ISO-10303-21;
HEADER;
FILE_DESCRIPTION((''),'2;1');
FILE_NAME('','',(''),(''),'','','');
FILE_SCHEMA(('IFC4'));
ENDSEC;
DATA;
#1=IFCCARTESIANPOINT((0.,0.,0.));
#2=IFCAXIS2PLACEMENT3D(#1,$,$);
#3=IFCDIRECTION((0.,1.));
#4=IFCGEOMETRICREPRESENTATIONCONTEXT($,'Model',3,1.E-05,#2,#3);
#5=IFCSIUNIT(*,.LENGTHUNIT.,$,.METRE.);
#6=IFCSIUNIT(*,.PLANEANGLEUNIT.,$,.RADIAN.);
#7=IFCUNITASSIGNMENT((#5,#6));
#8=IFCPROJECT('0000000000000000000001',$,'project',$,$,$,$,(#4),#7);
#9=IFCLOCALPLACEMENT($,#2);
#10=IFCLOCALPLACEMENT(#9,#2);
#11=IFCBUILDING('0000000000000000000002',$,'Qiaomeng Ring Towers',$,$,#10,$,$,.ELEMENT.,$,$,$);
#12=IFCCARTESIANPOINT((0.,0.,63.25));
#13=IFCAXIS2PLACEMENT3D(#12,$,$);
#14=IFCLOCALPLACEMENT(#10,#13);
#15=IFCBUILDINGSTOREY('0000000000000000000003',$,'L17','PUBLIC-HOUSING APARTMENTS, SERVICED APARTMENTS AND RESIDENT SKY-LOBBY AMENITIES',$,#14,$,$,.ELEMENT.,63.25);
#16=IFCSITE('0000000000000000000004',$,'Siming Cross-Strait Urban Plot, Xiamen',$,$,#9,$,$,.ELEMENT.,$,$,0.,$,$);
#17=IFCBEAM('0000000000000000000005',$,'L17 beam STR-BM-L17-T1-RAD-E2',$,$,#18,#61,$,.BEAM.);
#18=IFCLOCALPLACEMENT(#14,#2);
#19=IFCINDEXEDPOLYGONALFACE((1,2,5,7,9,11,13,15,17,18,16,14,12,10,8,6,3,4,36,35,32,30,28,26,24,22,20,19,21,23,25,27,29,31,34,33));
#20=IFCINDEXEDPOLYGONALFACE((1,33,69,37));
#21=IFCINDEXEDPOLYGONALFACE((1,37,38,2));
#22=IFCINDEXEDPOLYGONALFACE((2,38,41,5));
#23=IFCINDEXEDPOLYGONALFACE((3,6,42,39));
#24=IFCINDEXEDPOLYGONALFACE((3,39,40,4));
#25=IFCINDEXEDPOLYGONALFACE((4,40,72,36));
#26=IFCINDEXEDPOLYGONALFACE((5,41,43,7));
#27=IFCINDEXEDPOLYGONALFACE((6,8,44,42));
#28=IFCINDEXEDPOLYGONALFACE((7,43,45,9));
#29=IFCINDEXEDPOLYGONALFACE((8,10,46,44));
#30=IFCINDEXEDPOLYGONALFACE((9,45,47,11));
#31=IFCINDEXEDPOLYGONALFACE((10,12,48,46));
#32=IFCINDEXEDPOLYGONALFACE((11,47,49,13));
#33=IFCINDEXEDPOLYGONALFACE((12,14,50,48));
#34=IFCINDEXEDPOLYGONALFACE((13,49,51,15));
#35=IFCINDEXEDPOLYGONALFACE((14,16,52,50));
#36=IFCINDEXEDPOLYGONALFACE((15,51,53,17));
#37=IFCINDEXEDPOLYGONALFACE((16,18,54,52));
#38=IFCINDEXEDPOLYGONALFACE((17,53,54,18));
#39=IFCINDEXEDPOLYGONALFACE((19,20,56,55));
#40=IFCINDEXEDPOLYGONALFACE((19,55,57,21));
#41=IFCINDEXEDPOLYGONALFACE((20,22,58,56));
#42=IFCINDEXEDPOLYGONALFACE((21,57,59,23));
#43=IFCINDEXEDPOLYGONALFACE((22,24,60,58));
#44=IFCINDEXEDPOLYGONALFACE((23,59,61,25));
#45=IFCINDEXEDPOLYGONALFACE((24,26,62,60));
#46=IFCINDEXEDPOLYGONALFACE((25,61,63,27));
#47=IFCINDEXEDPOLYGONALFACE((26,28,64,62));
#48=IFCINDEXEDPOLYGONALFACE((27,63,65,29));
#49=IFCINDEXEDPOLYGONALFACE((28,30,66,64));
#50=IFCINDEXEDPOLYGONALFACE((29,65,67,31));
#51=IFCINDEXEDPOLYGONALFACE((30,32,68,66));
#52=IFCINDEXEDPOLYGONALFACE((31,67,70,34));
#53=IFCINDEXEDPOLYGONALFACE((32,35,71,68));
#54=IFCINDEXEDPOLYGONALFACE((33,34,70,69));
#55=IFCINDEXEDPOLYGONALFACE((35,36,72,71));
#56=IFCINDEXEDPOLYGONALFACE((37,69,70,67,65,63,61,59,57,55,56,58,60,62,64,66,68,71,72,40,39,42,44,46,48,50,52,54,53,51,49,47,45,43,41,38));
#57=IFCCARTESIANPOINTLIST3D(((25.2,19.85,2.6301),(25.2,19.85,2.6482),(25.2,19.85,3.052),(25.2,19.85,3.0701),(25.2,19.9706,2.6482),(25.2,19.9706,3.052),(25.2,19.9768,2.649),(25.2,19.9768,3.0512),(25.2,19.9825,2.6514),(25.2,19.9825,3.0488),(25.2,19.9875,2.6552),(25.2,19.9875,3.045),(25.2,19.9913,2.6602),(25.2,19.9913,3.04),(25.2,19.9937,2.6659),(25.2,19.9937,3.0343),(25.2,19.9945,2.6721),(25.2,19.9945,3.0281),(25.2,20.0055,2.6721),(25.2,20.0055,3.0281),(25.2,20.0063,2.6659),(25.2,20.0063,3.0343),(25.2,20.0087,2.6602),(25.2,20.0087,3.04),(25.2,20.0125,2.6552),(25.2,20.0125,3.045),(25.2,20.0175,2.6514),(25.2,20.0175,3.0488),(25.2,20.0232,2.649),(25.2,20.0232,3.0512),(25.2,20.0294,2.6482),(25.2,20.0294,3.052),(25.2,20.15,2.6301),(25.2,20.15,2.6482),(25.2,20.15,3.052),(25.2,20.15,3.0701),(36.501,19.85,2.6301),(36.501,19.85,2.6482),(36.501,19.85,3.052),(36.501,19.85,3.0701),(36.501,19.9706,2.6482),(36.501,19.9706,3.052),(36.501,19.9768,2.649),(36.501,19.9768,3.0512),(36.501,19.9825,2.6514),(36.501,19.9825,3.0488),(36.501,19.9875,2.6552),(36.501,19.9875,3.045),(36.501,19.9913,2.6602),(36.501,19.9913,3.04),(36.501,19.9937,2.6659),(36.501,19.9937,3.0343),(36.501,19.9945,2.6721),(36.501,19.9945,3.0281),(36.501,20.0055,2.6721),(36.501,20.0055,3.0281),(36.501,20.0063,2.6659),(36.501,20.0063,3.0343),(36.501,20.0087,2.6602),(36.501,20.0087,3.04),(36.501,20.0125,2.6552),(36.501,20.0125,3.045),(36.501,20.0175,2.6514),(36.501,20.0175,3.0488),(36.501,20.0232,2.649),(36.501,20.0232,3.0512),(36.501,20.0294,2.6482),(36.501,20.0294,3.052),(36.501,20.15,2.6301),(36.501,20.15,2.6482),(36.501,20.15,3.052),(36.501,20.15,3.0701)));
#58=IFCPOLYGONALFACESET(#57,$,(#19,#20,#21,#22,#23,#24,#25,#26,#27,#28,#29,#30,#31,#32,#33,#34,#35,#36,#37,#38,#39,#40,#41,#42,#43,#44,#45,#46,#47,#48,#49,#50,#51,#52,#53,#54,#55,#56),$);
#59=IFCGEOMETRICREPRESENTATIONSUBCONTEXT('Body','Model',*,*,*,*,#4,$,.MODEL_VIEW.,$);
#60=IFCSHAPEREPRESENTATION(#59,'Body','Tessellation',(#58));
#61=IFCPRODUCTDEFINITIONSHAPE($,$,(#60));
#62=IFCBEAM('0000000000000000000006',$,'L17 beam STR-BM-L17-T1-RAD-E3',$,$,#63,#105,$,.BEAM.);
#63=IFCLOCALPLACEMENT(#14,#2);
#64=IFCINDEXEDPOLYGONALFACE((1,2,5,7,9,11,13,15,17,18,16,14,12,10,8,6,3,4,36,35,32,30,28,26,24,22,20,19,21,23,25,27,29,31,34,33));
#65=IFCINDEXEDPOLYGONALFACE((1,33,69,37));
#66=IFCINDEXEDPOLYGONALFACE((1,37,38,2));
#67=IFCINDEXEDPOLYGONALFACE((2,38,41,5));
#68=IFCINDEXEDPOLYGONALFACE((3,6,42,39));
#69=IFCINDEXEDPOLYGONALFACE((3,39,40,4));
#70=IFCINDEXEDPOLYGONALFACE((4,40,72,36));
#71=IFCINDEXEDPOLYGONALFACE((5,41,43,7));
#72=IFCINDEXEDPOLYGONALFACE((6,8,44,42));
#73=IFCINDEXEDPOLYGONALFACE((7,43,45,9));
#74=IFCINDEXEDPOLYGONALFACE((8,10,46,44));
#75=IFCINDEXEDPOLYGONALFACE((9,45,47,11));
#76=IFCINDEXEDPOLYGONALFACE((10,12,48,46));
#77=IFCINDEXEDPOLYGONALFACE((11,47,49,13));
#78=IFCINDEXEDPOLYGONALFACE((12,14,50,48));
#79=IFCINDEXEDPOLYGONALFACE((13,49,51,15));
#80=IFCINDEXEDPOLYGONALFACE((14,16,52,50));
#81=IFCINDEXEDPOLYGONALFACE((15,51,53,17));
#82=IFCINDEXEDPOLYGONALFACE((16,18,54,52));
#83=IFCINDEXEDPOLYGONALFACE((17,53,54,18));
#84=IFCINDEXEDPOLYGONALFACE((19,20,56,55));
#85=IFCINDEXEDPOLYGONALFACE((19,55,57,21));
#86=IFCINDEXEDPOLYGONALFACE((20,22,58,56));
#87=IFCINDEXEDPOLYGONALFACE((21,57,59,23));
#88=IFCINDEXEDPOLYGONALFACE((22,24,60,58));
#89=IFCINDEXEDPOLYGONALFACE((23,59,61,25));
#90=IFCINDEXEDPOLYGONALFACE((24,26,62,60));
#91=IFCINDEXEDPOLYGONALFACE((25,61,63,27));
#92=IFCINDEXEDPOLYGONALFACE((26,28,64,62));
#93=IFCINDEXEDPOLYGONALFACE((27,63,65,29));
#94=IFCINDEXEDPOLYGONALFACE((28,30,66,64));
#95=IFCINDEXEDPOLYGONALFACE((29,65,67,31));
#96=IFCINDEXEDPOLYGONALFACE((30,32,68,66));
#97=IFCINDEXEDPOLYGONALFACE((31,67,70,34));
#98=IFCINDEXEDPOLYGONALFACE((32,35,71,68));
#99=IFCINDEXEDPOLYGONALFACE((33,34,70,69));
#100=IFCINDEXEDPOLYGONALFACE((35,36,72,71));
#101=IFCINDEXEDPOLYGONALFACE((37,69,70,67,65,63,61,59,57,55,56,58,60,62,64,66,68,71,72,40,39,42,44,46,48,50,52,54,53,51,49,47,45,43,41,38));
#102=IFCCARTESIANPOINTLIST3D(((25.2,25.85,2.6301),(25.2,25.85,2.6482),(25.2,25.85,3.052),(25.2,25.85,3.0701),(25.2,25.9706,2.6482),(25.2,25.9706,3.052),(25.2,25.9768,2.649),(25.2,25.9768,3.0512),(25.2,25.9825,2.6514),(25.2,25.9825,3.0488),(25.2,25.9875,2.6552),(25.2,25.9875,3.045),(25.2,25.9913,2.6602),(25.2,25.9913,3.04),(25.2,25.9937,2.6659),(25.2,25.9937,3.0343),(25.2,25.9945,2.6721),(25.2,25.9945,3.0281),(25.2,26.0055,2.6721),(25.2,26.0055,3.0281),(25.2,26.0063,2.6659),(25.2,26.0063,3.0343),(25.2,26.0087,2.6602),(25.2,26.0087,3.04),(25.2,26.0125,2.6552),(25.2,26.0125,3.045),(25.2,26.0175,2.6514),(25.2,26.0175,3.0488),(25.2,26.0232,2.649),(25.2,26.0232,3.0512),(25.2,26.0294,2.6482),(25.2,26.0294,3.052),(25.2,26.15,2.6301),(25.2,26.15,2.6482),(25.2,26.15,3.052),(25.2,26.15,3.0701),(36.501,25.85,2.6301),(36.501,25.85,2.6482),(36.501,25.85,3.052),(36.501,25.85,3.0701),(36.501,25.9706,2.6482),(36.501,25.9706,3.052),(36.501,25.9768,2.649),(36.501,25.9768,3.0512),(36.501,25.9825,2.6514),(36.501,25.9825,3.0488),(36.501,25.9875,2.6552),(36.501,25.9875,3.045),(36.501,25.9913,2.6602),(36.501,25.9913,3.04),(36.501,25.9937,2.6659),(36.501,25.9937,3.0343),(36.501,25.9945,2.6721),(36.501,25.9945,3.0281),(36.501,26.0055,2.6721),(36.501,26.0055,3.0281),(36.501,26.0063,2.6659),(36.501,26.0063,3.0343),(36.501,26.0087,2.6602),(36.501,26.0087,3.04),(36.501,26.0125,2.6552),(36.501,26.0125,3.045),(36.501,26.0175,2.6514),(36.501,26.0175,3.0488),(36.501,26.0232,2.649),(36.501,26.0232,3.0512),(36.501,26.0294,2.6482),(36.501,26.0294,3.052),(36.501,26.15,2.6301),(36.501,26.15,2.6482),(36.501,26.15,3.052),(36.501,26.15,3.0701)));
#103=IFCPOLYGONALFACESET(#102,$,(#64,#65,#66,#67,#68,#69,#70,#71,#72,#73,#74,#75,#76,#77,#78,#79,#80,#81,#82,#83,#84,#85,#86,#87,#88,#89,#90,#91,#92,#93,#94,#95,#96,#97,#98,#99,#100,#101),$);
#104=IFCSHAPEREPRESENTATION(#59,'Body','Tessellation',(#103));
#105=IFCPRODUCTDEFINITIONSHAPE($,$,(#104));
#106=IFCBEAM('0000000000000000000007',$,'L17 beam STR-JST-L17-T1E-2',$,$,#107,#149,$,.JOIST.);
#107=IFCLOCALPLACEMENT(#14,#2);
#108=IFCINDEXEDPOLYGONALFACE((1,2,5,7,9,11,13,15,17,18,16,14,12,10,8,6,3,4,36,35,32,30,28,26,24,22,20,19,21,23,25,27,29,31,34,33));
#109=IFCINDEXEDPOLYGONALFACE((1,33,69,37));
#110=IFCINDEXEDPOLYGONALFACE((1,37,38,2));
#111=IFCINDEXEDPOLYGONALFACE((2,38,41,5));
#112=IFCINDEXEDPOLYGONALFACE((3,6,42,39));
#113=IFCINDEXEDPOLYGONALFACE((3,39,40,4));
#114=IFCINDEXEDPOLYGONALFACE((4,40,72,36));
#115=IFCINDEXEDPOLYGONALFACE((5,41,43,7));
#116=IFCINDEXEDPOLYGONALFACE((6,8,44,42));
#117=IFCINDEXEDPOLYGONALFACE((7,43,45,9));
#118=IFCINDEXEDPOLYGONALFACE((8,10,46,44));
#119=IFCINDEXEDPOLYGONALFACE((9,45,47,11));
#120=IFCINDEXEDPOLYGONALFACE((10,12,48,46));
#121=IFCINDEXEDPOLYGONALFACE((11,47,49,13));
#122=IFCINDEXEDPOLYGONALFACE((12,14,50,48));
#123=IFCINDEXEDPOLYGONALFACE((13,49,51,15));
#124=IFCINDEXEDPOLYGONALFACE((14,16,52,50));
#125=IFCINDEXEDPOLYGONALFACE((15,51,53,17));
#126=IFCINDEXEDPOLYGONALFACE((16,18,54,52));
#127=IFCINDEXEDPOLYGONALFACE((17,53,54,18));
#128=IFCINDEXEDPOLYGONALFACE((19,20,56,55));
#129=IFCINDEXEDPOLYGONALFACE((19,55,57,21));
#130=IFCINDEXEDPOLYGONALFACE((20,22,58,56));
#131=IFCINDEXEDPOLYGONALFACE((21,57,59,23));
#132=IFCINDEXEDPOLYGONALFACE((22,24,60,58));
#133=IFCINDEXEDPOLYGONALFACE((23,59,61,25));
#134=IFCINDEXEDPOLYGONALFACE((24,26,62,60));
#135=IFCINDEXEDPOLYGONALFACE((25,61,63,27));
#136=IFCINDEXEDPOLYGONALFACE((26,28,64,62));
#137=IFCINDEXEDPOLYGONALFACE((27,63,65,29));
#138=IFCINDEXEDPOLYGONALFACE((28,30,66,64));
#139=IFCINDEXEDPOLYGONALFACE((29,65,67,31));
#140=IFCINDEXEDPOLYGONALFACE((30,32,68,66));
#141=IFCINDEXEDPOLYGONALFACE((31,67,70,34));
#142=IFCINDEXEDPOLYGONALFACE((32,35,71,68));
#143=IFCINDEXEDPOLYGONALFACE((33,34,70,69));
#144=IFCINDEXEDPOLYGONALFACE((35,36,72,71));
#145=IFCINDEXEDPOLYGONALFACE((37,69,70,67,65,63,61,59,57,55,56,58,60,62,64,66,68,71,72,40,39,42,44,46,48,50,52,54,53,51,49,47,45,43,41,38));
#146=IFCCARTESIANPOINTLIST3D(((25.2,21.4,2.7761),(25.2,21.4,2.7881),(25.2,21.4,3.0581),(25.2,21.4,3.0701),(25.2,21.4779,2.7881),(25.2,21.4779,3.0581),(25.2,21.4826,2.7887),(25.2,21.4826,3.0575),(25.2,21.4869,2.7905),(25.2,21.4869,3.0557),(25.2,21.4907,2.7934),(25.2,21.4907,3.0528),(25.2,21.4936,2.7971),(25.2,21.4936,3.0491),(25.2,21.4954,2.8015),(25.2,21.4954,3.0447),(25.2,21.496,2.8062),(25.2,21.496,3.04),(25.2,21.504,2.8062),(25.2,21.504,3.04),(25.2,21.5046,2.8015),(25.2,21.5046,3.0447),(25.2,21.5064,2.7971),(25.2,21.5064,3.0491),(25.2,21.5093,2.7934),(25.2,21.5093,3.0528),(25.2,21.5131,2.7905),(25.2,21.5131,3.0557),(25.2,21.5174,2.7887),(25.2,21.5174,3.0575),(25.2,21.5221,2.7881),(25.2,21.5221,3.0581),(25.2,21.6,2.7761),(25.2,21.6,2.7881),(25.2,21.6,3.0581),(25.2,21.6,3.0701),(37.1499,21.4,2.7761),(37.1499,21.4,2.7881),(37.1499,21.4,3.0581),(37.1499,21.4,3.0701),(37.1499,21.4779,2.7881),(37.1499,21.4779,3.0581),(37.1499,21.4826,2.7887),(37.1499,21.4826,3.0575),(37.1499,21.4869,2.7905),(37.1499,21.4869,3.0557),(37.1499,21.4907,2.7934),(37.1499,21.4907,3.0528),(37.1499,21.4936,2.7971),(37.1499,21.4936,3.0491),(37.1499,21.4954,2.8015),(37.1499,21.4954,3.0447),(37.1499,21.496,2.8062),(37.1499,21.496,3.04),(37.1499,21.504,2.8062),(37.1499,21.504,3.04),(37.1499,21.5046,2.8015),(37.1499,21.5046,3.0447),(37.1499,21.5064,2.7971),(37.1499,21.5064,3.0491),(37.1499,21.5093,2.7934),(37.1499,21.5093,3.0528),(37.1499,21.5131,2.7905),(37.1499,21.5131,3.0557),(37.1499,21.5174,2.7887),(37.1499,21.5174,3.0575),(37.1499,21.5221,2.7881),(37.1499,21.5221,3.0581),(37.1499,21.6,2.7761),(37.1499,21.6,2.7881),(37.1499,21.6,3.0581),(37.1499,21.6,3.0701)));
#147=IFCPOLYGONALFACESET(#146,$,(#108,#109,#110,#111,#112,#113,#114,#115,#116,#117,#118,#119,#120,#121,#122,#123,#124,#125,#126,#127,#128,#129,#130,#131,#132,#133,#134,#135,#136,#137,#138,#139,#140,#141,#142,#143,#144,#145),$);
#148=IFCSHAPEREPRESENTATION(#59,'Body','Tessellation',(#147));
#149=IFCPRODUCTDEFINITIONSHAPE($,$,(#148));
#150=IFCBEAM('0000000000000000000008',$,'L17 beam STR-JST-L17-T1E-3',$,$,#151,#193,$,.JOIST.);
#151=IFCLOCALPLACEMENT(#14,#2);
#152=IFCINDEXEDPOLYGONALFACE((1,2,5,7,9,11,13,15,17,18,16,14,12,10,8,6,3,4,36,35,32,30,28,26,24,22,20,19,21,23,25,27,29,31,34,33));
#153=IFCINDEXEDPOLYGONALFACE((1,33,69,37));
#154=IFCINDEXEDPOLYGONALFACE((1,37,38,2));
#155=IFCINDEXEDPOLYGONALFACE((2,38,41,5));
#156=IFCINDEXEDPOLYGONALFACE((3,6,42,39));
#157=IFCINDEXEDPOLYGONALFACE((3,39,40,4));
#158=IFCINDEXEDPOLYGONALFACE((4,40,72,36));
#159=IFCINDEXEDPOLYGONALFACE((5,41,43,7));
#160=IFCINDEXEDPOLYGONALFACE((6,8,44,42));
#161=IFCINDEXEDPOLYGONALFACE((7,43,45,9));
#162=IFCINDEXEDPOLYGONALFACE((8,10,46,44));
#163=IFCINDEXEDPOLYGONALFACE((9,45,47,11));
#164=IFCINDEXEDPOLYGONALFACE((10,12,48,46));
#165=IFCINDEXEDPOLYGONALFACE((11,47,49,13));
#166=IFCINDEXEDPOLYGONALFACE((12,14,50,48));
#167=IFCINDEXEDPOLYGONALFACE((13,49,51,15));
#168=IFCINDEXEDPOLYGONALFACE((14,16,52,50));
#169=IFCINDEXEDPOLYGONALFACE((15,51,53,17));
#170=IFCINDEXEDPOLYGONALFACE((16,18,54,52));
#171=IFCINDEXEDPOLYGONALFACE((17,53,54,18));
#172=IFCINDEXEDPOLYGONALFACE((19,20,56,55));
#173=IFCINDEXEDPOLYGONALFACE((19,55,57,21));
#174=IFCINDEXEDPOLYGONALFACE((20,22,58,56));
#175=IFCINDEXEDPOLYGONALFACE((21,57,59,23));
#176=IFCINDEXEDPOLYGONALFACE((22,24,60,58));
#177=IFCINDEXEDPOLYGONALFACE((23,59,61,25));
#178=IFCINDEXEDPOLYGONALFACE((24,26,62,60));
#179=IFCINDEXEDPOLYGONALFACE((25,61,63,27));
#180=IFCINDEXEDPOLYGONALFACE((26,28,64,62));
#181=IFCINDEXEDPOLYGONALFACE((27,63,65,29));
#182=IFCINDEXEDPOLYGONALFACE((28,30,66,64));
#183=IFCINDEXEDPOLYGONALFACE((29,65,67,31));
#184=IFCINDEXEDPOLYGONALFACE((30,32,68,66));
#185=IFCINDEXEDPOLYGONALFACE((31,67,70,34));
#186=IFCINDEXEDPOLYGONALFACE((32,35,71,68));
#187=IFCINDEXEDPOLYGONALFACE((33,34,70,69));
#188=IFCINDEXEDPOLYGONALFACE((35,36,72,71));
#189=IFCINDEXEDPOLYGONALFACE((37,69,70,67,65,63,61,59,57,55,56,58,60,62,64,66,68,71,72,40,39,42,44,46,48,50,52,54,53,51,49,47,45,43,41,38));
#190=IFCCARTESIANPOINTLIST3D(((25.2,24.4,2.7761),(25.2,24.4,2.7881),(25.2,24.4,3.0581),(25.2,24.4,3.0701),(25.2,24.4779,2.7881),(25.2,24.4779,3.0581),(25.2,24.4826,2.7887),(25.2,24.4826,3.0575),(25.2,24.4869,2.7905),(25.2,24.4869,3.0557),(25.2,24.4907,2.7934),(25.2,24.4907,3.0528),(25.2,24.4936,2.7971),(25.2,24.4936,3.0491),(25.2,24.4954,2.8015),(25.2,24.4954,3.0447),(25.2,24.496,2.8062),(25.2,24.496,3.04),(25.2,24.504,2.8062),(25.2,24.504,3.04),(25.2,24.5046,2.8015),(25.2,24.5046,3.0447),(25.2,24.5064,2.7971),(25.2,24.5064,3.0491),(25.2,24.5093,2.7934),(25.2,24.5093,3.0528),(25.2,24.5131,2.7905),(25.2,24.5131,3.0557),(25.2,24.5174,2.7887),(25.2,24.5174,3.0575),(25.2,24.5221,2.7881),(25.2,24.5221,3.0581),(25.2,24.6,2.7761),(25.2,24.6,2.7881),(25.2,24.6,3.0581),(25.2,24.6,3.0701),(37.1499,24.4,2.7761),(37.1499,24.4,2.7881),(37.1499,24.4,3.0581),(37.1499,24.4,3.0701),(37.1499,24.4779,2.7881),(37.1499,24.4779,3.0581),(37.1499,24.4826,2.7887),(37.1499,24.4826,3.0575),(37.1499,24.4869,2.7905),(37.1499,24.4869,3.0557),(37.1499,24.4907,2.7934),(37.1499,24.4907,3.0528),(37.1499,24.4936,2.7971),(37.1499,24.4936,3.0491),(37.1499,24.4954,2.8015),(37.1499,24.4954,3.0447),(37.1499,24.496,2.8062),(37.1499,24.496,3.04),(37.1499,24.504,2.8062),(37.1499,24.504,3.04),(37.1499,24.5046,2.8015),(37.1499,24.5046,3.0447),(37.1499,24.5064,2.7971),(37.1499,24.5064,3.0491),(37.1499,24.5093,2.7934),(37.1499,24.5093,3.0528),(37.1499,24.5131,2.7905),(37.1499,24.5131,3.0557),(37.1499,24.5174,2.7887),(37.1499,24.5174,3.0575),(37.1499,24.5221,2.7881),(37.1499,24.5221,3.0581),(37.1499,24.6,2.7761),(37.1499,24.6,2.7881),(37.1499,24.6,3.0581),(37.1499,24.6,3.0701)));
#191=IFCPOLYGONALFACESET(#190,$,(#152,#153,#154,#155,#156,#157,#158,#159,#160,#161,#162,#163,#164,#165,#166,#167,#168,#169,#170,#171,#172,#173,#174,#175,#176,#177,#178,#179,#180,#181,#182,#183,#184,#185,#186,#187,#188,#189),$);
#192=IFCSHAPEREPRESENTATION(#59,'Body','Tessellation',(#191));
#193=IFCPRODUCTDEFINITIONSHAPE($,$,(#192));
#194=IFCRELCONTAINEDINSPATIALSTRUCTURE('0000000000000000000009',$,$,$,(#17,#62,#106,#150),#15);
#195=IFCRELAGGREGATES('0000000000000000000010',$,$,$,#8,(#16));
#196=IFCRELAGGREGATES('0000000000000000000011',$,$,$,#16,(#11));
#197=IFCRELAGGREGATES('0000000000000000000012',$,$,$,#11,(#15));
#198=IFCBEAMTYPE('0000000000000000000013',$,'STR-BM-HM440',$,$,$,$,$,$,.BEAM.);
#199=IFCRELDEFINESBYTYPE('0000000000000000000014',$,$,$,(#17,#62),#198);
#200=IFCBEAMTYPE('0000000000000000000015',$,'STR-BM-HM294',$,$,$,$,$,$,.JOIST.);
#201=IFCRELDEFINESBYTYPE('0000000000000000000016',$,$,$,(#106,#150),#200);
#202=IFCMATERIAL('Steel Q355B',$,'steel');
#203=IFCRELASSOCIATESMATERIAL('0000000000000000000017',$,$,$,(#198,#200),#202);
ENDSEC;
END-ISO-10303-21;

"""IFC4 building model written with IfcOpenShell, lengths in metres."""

from ifc_helpers import new_model, si_unit, direction, frame, origin, origin_2d, place, context, subcontext, project, spatial, i_section, extrude, source, transform, mapped, material, material_profile, profile_set, type_object, element, save


model = new_model("IFC4")

# Units and contexts
model_context = context("Model", 3, precision=1e-05, world=origin(), true_north=direction((0.0, 1.0)))
body_context = subcontext(model_context, "Body", "Model", "MODEL_VIEW")
ifc_project = project(units=[si_unit("LENGTHUNIT", "METRE"), si_unit("PLANEANGLEUNIT", "RADIAN")], contexts=[model_context])

# Site, building, storey
site_placement = place(None, origin())
site = spatial("IfcSite", under=ifc_project, at=site_placement, Name="Siming Cross-Strait Urban Plot, Xiamen", CompositionType="ELEMENT", RefElevation=0.0)
building_placement = place(site_placement, origin())
building = spatial("IfcBuilding", under=site, at=building_placement, Name="Qiaomeng Ring Towers", CompositionType="ELEMENT")
storey_placement = place(building_placement, frame((0.0, 0.0, 63.25)))
storey = spatial("IfcBuildingStorey", under=building, at=storey_placement, Name="L17", Description="PUBLIC-HOUSING APARTMENTS, SERVICED APARTMENTS AND RESIDENT SKY-LOBBY AMENITIES", CompositionType="ELEMENT", Elevation=63.25)

# Beams
ifc_material_1 = material(Name="Steel Q355B", Category="steel")
ifc_material_profile_1 = material_profile(ifc_material_1, i_section(OverallWidth=0.3, OverallDepth=0.4399, WebThickness=0.011, FlangeThickness=0.0181, FilletRadius=0.0239, at=origin_2d()), Name="HM 440x300x11x18")
ifc_profile_set_1 = profile_set([ifc_material_profile_1], Name="Steel Q355B")
beam_type_1 = type_object("IfcBeamType", Name="STR-BM-HM440", PredefinedType="BEAM", material=ifc_profile_set_1)
shared_shape_1 = source(origin(), body_context, "Body", "SweptSolid", [
    extrude(i_section(OverallWidth=0.3, OverallDepth=0.4399, WebThickness=0.011, FlangeThickness=0.0181, FilletRadius=0.0239, at=origin_2d()), origin(), (0.0, 0.0, 1.0), 11.301),
])
for number, where, z_axis, x_axis, name in (
    (1, (25.2, 20.0, 2.8501), (1.0, 0.0, 0.0), (0.0, 1.0, 0.0), "L17 beam STR-BM-L17-T1-RAD-E2"),
    (2, (25.2, 26.0, 2.8501), (1.0, 0.0, 0.0), (0.0, 1.0, 0.0), "L17 beam STR-BM-L17-T1-RAD-E3"),
):
    element("IfcBeam", number, at=place(storey_placement, frame(where, z_axis=z_axis, x_axis=x_axis)), inside=storey, type_object=beam_type_1, Name=name, PredefinedType="BEAM", context=body_context, shape_type="MappedRepresentation", body=[
        mapped(shared_shape_1, transform((0.0, 0.0, 0.0), x_axis=(1.0, 0.0, 0.0), y_axis=(0.0, 1.0, 0.0), z_axis=(0.0, 0.0, 1.0), scale=1.0)),
    ])
ifc_material_profile_2 = material_profile(ifc_material_1, i_section(OverallWidth=0.2, OverallDepth=0.2939, WebThickness=0.0081, FlangeThickness=0.012, FilletRadius=0.0181, at=origin_2d()), Name="HM 294x200x8x12")
ifc_profile_set_2 = profile_set([ifc_material_profile_2], Name="Steel Q355B")
beam_type_2 = type_object("IfcBeamType", Name="STR-BM-HM294", PredefinedType="JOIST", material=ifc_profile_set_2)
shared_shape_2 = source(origin(), body_context, "Body", "SweptSolid", [
    extrude(i_section(OverallWidth=0.2, OverallDepth=0.2939, WebThickness=0.0081, FlangeThickness=0.012, FilletRadius=0.0181, at=origin_2d()), origin(), (0.0, 0.0, 1.0), 11.95),
])
for number, where, z_axis, x_axis, name in (
    (3, (25.2, 21.5, 2.9231), (1.0, 0.0, 0.0), (0.0, 1.0, 0.0), "L17 beam STR-JST-L17-T1E-2"),
    (4, (25.2, 24.5, 2.9231), (1.0, 0.0, 0.0), (0.0, 1.0, 0.0), "L17 beam STR-JST-L17-T1E-3"),
):
    element("IfcBeam", number, at=place(storey_placement, frame(where, z_axis=z_axis, x_axis=x_axis)), inside=storey, type_object=beam_type_2, Name=name, PredefinedType="JOIST", context=body_context, shape_type="MappedRepresentation", body=[
        mapped(shared_shape_2, transform((0.0, 0.0, 0.0), x_axis=(1.0, 0.0, 0.0), y_axis=(0.0, 1.0, 0.0), z_axis=(0.0, 0.0, 1.0), scale=1.0)),
    ])

save(model, "model.ifc")
